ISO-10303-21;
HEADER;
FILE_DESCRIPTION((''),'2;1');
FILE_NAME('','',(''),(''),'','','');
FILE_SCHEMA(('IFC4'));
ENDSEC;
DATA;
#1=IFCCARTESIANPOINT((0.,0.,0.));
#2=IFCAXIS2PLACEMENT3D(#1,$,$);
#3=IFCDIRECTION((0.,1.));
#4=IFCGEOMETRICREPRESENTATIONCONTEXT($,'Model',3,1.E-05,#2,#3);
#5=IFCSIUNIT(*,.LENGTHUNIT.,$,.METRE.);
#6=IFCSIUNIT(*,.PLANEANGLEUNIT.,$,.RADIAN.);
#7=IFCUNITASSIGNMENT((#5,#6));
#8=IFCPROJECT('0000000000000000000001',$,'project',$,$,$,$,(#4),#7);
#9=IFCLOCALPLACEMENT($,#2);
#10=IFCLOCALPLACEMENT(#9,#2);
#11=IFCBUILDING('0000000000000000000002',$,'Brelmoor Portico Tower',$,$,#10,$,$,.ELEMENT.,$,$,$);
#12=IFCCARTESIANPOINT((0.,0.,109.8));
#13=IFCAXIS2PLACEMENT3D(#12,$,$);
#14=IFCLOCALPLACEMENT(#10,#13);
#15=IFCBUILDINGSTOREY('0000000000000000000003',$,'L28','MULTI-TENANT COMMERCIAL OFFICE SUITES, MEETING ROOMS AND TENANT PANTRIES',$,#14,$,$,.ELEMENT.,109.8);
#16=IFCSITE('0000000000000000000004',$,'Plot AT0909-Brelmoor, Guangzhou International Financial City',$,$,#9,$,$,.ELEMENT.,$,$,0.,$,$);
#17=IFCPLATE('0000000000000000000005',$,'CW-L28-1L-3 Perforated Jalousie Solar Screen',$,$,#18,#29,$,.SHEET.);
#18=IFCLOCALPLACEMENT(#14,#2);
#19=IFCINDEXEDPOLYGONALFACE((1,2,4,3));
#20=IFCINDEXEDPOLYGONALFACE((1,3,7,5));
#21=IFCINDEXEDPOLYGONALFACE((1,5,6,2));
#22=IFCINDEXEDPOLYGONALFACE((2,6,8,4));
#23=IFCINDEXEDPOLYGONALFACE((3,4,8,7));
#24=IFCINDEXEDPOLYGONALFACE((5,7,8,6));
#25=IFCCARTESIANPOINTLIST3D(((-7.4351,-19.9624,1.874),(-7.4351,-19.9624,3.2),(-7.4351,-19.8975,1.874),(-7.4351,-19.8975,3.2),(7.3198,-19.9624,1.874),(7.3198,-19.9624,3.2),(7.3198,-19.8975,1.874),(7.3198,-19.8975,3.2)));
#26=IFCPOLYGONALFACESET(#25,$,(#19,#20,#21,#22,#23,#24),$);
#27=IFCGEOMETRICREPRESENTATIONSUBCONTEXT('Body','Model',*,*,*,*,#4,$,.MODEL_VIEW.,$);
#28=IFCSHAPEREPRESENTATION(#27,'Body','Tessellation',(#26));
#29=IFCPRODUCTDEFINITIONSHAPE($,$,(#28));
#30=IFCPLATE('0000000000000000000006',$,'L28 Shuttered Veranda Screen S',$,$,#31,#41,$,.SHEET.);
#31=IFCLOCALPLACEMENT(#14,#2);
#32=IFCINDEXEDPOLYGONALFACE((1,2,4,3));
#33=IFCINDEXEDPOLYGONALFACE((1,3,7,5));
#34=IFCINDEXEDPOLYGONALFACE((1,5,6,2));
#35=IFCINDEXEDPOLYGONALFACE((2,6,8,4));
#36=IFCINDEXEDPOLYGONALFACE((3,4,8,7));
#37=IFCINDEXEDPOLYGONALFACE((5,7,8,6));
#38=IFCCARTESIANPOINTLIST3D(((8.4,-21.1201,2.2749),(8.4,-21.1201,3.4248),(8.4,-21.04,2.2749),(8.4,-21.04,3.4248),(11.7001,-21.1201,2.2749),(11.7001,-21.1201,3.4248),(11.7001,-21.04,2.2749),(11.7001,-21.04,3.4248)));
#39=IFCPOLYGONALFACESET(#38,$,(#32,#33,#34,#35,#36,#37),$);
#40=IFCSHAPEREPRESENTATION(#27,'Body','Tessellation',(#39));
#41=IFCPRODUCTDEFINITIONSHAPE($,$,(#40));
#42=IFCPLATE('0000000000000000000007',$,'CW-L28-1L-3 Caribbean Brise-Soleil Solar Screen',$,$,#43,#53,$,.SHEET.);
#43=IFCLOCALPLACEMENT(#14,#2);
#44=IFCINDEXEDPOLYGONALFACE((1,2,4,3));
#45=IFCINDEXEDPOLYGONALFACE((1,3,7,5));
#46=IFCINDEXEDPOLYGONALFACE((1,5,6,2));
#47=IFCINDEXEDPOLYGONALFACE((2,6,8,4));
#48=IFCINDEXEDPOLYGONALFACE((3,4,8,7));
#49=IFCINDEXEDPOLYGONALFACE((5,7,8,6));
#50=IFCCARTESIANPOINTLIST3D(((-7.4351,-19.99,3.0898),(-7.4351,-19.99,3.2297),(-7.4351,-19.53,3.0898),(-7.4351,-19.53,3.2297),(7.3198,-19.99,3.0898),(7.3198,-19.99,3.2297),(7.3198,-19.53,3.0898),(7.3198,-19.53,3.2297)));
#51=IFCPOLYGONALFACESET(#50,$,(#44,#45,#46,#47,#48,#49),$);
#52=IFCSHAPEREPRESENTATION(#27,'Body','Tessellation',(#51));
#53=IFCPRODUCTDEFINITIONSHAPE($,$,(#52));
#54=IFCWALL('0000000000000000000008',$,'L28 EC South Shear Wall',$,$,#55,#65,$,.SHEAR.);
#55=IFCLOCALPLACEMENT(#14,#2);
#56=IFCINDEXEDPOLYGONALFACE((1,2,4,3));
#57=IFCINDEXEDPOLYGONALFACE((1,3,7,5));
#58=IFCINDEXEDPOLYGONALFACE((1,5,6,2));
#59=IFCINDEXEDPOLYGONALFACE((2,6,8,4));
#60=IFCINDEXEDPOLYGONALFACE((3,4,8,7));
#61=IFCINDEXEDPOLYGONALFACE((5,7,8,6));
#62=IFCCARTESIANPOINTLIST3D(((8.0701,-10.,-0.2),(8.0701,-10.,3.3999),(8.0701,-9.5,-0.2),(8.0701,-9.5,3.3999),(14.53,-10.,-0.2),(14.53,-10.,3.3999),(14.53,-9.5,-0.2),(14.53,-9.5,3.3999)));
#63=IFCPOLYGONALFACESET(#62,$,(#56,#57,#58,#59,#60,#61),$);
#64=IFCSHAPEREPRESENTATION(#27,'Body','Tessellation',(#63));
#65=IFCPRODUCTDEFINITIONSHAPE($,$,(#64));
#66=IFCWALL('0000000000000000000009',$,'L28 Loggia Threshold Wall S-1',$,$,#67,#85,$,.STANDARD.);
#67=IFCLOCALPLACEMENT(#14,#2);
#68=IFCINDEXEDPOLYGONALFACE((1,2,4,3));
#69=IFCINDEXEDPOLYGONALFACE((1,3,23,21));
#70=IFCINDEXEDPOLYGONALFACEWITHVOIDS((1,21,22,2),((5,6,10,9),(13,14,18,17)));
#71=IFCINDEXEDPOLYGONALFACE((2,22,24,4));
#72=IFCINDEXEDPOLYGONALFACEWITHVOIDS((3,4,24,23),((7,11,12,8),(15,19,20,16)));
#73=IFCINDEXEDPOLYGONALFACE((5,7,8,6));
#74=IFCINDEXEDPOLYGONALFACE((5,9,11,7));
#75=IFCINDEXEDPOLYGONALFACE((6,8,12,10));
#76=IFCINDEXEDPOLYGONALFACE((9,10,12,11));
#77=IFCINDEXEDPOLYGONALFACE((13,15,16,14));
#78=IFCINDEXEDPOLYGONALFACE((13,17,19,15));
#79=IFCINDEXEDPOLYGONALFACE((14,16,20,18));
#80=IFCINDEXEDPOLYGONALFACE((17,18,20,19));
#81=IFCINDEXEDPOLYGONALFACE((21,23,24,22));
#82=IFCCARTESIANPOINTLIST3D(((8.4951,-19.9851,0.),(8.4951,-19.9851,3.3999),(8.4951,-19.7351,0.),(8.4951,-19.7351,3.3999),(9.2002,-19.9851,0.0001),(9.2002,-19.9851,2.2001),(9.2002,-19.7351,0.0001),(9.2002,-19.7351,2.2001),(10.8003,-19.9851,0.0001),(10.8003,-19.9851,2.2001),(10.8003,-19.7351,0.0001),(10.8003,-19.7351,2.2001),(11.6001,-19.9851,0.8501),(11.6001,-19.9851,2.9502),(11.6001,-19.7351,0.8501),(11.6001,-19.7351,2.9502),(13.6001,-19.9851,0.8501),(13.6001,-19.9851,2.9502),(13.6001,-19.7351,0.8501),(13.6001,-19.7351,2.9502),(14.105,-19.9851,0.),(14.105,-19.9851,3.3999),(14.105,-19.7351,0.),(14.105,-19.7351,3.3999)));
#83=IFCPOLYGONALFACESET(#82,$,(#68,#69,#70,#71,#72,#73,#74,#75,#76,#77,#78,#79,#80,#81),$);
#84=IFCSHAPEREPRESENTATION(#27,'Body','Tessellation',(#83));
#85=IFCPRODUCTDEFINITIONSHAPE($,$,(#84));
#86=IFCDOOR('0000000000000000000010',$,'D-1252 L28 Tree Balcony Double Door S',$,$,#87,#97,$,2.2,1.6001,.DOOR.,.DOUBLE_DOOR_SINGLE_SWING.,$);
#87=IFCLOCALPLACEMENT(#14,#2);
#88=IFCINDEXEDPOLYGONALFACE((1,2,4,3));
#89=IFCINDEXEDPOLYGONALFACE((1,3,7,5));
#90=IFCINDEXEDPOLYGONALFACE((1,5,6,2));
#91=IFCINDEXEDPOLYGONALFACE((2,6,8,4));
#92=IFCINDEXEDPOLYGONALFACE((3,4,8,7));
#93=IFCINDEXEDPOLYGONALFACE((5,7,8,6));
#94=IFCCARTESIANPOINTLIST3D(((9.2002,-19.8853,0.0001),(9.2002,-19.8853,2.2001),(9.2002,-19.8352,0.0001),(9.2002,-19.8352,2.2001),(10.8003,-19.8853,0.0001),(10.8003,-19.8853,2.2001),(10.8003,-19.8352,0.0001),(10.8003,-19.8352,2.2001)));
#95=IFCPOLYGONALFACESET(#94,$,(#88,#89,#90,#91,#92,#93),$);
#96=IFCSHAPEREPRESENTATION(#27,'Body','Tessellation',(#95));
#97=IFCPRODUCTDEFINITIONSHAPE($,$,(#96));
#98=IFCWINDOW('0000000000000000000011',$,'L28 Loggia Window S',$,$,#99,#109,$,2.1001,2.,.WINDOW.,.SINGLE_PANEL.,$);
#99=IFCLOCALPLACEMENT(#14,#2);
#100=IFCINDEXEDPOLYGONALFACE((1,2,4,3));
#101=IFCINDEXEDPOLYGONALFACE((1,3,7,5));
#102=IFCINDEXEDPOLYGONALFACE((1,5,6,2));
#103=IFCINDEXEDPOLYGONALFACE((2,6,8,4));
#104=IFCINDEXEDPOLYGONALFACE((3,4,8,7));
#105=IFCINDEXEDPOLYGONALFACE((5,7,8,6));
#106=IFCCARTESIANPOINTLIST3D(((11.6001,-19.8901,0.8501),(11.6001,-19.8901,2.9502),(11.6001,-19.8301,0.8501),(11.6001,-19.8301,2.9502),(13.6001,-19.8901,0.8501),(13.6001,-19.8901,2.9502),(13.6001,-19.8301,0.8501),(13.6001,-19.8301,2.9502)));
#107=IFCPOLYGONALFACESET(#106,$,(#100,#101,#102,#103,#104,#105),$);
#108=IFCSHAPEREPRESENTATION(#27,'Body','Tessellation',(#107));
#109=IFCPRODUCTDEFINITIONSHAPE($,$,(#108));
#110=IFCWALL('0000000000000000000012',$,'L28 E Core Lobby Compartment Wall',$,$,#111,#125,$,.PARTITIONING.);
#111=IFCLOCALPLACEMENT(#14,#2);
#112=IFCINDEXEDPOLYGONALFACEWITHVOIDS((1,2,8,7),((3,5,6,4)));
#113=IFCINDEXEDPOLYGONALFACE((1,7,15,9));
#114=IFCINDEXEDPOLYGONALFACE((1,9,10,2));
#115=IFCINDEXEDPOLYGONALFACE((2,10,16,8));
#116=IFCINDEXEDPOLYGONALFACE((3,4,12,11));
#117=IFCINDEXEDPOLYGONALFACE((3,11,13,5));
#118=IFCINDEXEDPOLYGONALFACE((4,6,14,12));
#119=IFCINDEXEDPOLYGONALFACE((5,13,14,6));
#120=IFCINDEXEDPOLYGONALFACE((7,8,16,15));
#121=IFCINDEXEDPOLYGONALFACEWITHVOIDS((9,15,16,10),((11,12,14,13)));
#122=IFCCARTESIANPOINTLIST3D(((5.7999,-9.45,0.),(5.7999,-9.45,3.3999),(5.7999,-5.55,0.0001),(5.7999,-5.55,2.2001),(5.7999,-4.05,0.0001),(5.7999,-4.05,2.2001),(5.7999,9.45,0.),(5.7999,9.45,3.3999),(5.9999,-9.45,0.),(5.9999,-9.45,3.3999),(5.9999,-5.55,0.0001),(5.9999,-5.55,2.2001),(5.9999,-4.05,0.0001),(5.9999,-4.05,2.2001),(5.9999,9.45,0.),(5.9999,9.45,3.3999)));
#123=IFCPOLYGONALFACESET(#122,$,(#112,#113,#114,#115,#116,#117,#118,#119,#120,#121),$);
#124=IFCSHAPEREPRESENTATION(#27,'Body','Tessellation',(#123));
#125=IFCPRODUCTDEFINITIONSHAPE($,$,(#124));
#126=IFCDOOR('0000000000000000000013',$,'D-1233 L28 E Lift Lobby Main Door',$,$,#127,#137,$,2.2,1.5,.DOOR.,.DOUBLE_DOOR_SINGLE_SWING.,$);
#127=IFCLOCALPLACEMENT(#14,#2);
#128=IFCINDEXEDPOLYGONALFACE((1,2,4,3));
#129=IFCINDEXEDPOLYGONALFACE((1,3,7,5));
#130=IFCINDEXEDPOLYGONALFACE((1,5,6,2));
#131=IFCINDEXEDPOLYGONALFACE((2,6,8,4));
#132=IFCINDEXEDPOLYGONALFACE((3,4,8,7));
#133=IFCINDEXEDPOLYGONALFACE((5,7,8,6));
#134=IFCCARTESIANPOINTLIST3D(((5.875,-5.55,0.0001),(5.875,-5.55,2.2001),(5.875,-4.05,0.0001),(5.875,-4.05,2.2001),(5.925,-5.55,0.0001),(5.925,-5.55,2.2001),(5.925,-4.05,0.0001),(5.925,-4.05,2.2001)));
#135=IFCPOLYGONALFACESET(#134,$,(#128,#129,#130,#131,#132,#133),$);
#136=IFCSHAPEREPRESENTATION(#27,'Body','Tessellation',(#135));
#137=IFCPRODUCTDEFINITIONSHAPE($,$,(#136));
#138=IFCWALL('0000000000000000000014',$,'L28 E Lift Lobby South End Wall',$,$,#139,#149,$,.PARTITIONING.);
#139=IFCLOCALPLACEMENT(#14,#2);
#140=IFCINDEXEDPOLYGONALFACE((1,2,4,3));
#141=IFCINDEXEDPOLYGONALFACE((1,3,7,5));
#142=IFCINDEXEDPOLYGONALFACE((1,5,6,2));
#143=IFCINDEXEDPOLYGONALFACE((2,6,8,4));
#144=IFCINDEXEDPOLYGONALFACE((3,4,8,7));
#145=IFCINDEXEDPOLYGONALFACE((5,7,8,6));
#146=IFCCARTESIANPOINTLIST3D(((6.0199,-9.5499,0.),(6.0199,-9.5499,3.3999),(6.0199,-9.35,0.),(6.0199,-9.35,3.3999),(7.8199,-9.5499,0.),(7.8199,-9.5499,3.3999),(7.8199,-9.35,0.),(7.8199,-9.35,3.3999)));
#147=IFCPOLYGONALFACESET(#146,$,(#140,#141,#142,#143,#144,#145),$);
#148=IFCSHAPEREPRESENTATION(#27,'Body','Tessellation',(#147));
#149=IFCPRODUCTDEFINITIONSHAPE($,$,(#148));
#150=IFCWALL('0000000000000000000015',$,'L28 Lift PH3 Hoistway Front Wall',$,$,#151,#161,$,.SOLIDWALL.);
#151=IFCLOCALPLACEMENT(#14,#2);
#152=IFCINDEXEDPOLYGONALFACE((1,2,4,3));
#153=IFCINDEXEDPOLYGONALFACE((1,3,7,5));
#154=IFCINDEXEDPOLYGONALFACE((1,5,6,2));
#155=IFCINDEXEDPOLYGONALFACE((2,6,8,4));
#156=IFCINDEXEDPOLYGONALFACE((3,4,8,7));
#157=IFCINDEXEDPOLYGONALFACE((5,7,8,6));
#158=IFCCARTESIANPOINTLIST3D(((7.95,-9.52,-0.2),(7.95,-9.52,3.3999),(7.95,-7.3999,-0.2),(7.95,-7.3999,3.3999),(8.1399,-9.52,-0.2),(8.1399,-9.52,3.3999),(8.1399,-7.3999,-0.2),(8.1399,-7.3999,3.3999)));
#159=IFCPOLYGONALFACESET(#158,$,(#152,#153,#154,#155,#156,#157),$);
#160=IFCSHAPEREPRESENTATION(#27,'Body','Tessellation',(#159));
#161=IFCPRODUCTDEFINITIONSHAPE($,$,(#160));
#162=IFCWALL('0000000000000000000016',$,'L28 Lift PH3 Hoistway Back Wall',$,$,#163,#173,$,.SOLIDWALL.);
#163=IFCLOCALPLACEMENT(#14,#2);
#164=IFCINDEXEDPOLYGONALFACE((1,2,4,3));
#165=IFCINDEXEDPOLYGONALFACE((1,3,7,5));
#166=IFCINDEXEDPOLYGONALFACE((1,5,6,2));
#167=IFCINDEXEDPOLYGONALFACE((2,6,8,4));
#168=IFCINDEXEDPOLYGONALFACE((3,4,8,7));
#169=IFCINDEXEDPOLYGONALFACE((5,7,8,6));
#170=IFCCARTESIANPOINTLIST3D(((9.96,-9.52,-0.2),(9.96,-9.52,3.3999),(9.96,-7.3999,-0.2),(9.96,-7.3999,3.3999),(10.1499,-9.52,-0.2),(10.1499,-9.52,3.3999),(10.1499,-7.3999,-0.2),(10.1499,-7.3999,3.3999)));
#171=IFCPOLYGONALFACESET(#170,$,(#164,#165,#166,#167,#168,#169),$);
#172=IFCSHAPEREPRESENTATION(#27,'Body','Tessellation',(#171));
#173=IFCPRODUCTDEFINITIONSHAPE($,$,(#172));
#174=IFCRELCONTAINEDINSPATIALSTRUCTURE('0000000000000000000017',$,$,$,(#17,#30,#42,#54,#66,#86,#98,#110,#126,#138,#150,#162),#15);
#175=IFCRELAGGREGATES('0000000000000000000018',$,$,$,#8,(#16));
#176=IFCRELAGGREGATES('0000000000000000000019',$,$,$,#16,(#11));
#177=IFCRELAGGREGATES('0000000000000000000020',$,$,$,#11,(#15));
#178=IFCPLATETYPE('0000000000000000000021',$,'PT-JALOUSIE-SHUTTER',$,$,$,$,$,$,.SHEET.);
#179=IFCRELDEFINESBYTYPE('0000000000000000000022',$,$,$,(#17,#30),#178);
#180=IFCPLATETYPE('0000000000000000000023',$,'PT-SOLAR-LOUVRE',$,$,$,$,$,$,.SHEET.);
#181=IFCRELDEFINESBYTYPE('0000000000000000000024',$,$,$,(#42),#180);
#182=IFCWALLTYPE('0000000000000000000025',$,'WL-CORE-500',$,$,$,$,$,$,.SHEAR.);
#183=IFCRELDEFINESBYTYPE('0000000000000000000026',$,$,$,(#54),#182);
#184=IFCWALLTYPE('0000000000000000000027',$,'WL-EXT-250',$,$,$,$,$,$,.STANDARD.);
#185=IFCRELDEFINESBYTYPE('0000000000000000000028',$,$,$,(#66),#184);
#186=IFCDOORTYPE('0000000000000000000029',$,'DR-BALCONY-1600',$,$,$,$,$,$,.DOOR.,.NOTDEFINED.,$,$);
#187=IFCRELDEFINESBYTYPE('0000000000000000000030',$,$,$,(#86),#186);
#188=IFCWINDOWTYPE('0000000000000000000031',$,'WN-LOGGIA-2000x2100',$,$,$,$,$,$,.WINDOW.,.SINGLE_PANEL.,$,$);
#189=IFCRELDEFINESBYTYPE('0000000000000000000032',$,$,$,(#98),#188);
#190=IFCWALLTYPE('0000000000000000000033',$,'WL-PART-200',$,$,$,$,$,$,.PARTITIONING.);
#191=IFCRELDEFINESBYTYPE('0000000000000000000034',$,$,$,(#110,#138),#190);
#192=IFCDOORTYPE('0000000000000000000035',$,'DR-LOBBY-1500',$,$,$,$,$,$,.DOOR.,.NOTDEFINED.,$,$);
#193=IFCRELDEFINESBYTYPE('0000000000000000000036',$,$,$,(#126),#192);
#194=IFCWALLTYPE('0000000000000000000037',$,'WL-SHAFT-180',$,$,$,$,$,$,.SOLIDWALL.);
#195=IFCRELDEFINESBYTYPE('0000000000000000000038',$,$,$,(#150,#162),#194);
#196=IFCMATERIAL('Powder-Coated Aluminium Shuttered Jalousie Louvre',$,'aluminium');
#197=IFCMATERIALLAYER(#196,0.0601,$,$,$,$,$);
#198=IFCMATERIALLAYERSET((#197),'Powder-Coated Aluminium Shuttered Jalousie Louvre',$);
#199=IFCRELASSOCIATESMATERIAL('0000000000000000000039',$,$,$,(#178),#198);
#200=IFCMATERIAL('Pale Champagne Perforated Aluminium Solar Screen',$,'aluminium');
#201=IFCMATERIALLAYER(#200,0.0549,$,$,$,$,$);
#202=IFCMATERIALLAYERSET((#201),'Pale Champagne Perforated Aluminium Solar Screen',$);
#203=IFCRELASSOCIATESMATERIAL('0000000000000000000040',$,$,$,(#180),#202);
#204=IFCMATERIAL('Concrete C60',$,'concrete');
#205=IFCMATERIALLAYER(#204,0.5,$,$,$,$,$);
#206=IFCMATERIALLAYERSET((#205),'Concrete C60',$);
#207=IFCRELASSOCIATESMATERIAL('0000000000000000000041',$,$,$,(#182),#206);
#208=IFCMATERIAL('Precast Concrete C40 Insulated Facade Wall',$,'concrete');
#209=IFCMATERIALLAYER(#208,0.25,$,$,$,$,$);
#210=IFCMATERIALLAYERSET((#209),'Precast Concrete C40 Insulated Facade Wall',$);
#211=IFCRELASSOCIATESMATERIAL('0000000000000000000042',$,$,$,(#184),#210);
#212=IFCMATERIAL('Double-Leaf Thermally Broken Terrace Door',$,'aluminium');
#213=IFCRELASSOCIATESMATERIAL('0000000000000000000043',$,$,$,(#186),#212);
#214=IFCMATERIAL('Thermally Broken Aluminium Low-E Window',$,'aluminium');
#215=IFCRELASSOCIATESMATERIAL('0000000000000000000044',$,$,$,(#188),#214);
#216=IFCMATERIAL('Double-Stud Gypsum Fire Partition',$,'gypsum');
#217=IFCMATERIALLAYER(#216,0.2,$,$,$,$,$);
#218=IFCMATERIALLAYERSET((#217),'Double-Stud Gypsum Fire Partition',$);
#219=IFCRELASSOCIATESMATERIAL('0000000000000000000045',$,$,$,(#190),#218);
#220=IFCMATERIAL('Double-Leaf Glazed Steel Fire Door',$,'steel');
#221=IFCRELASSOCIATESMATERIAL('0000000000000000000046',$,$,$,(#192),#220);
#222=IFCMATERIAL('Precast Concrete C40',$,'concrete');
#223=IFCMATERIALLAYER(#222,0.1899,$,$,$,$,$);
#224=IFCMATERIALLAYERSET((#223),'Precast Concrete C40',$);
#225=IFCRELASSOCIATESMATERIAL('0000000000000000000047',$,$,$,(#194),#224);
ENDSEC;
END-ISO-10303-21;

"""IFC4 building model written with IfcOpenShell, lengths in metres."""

from ifc_helpers import new_model, si_unit, direction, frame, frame_2d, origin, origin_2d, place, context, subcontext, project, spatial, rectangle, extrude, material, layer, layer_set, type_object, element, fill, save


model = new_model("IFC4")

# Units and contexts
model_context = context("Model", 3, precision=1e-05, world=origin(), true_north=direction((0.0, 1.0)))
body_context = subcontext(model_context, "Body", "Model", "MODEL_VIEW")
ifc_project = project(units=[si_unit("LENGTHUNIT", "METRE"), si_unit("PLANEANGLEUNIT", "RADIAN")], contexts=[model_context])

# Site, building, storey
site_placement = place(None, origin())
site = spatial("IfcSite", under=ifc_project, at=site_placement, Name="Plot AT0909-Brelmoor, Guangzhou International Financial City", CompositionType="ELEMENT", RefElevation=0.0)
building_placement = place(site_placement, origin())
building = spatial("IfcBuilding", under=site, at=building_placement, Name="Brelmoor Portico Tower", CompositionType="ELEMENT")
storey_placement = place(building_placement, frame((0.0, 0.0, 109.8)))
storey = spatial("IfcBuildingStorey", under=building, at=storey_placement, Name="L28", Description="MULTI-TENANT COMMERCIAL OFFICE SUITES, MEETING ROOMS AND TENANT PANTRIES", CompositionType="ELEMENT", Elevation=109.8)

# Plates
ifc_material_1 = material(Name="Powder-Coated Aluminium Shuttered Jalousie Louvre", Category="aluminium")
ifc_layer_1 = layer(ifc_material_1, 0.0601)
ifc_layer_set_1 = layer_set([ifc_layer_1], Name="Powder-Coated Aluminium Shuttered Jalousie Louvre")
plate_type_1 = type_object("IfcPlateType", Name="PT-JALOUSIE-SHUTTER", PredefinedType="SHEET", material=ifc_layer_set_1)
plate_1_placement = place(storey_placement, frame((-0.0576, -19.9299, 1.874), z_axis=(0.0, 0.0, 1.0), x_axis=(1.0, 0.0, 0.0)))
element("IfcPlate", 1, at=plate_1_placement, inside=storey, type_object=plate_type_1, Name="CW-L28-1L-3 Perforated Jalousie Solar Screen", PredefinedType="SHEET", context=body_context, shape_type="SweptSolid", body=[
    extrude(rectangle(XDim=14.7549, YDim=0.0649, at=origin_2d()), origin(), (0.0, 0.0, 1.0), 1.3259),
])
plate_2_placement = place(storey_placement, frame((10.05, -21.0801, 2.2749), z_axis=(0.0, 0.0, 1.0), x_axis=(1.0, 0.0, 0.0)))
element("IfcPlate", 2, at=plate_2_placement, inside=storey, type_object=plate_type_1, Name="L28 Shuttered Veranda Screen S", PredefinedType="SHEET", context=body_context, shape_type="SweptSolid", body=[
    extrude(rectangle(XDim=3.3, YDim=0.0801, at=origin_2d()), origin(), (0.0, 0.0, 1.0), 1.1499),
])
ifc_material_2 = material(Name="Pale Champagne Perforated Aluminium Solar Screen", Category="aluminium")
ifc_layer_2 = layer(ifc_material_2, 0.0549)
ifc_layer_set_2 = layer_set([ifc_layer_2], Name="Pale Champagne Perforated Aluminium Solar Screen")
plate_type_2 = type_object("IfcPlateType", Name="PT-SOLAR-LOUVRE", PredefinedType="SHEET", material=ifc_layer_set_2)
plate_3_placement = place(storey_placement, frame((-0.0576, -19.76, 3.0898), z_axis=(0.0, 0.0, 1.0), x_axis=(1.0, 0.0, 0.0)))
element("IfcPlate", 3, at=plate_3_placement, inside=storey, type_object=plate_type_2, Name="CW-L28-1L-3 Caribbean Brise-Soleil Solar Screen", PredefinedType="SHEET", context=body_context, shape_type="SweptSolid", body=[
    extrude(rectangle(XDim=14.7549, YDim=0.46, at=origin_2d()), origin(), (0.0, 0.0, 1.0), 0.1399),
])

# Wall
ifc_material_3 = material(Name="Concrete C60", Category="concrete")
ifc_layer_3 = layer(ifc_material_3, 0.5)
ifc_layer_set_3 = layer_set([ifc_layer_3], Name="Concrete C60")
wall_type_1 = type_object("IfcWallType", Name="WL-CORE-500", PredefinedType="SHEAR", material=ifc_layer_set_3)
wall_1_placement = place(storey_placement, frame((8.0701, -9.75, -0.2), z_axis=(0.0, 0.0, 1.0), x_axis=(1.0, 0.0, 0.0)))
element("IfcWall", 4, at=wall_1_placement, inside=storey, type_object=wall_type_1, Name="L28 EC South Shear Wall", PredefinedType="SHEAR", context=body_context, shape_type="SweptSolid", body=[
    extrude(rectangle(XDim=6.46, YDim=0.5, at=frame_2d((3.23, 0.0))), origin(), (0.0, 0.0, 1.0), 3.5999),
])

# Wall, openings, door, window
ifc_material_4 = material(Name="Precast Concrete C40 Insulated Facade Wall", Category="concrete")
ifc_layer_4 = layer(ifc_material_4, 0.25)
ifc_layer_set_4 = layer_set([ifc_layer_4], Name="Precast Concrete C40 Insulated Facade Wall")
wall_type_2 = type_object("IfcWallType", Name="WL-EXT-250", PredefinedType="STANDARD", material=ifc_layer_set_4)
wall_2_placement = place(storey_placement, frame((8.4951, -19.8601, 0.0), z_axis=(0.0, 0.0, 1.0), x_axis=(1.0, 0.0, 0.0)))
wall_2 = element("IfcWall", 5, at=wall_2_placement, inside=storey, type_object=wall_type_2, Name="L28 Loggia Threshold Wall S-1", PredefinedType="STANDARD", context=body_context, shape_type="SweptSolid", body=[
    extrude(rectangle(XDim=5.6099, YDim=0.25, at=frame_2d((2.8049, 0.0))), origin(), (0.0, 0.0, 1.0), 3.3999),
])
opening_1_placement = place(wall_2_placement, frame((0.7051, 0.0, 0.0)))
opening_1 = element("IfcOpeningElement", 6, at=opening_1_placement, cuts=wall_2, PredefinedType="OPENING", context=body_context, shape_type="SweptSolid", body=[
    extrude(rectangle(XDim=1.6001, YDim=2.2, at=frame_2d((0.8, 1.1001))), frame((0.0, 0.135, 0.0), z_axis=(0.0, -1.0, 0.0), x_axis=(1.0, 0.0, 0.0)), (0.0, 0.0, 1.0), 0.27),
])
opening_2_placement = place(wall_2_placement, frame((3.105, 0.0, 0.8501)))
opening_2 = element("IfcOpeningElement", 7, at=opening_2_placement, cuts=wall_2, PredefinedType="OPENING", context=body_context, shape_type="SweptSolid", body=[
    extrude(rectangle(XDim=2.0, YDim=2.1001, at=frame_2d((1.0, 1.05))), frame((0.0, 0.135, 0.0), z_axis=(0.0, -1.0, 0.0), x_axis=(1.0, 0.0, 0.0)), (0.0, 0.0, 1.0), 0.27),
])
ifc_material_5 = material(Name="Double-Leaf Thermally Broken Terrace Door", Category="aluminium")
door_type_1 = type_object("IfcDoorType", Name="DR-BALCONY-1600", OperationType="NOTDEFINED", PredefinedType="DOOR", material=ifc_material_5)
door_1_placement = place(opening_1_placement, origin())
door_1 = element("IfcDoor", 8, at=door_1_placement, inside=storey, type_object=door_type_1, Name="D-1252 L28 Tree Balcony Double Door S", OperationType="DOUBLE_DOOR_SINGLE_SWING", OverallHeight=2.2, OverallWidth=1.6001, PredefinedType="DOOR", context=body_context, shape_type="SweptSolid", body=[
    extrude(rectangle(XDim=1.6001, YDim=2.2, at=frame_2d((0.8, 1.1001))), frame((0.0, 0.0249, 0.0), z_axis=(0.0, -1.0, 0.0), x_axis=(1.0, 0.0, 0.0)), (0.0, 0.0, 1.0), 0.05),
])
fill(opening_1, door_1)
ifc_material_6 = material(Name="Thermally Broken Aluminium Low-E Window", Category="aluminium")
window_type = type_object("IfcWindowType", Name="WN-LOGGIA-2000x2100", PartitioningType="SINGLE_PANEL", PredefinedType="WINDOW", material=ifc_material_6)
window_placement = place(opening_2_placement, origin())
window = element("IfcWindow", 9, at=window_placement, inside=storey, type_object=window_type, Name="L28 Loggia Window S", OverallHeight=2.1001, OverallWidth=2.0, PartitioningType="SINGLE_PANEL", PredefinedType="WINDOW", context=body_context, shape_type="SweptSolid", body=[
    extrude(rectangle(XDim=2.0, YDim=2.1001, at=frame_2d((1.0, 1.05))), frame((0.0, 0.03, 0.0), z_axis=(0.0, -1.0, 0.0), x_axis=(1.0, 0.0, 0.0)), (0.0, 0.0, 1.0), 0.0601),
])
fill(opening_2, window)

# Wall, opening, door
ifc_material_7 = material(Name="Double-Stud Gypsum Fire Partition", Category="gypsum")
ifc_layer_5 = layer(ifc_material_7, 0.2)
ifc_layer_set_5 = layer_set([ifc_layer_5], Name="Double-Stud Gypsum Fire Partition")
wall_type_3 = type_object("IfcWallType", Name="WL-PART-200", PredefinedType="PARTITIONING", material=ifc_layer_set_5)
wall_3_placement = place(storey_placement, frame((5.8999, -9.45, 0.0), z_axis=(0.0, 0.0, 1.0), x_axis=(0.0, 1.0, 0.0)))
wall_3 = element("IfcWall", 10, at=wall_3_placement, inside=storey, type_object=wall_type_3, Name="L28 E Core Lobby Compartment Wall", PredefinedType="PARTITIONING", context=body_context, shape_type="SweptSolid", body=[
    extrude(rectangle(XDim=18.8999, YDim=0.2, at=frame_2d((9.45, 0.0))), origin(), (0.0, 0.0, 1.0), 3.3999),
])
opening_3_placement = place(wall_3_placement, frame((3.8999, 0.0, 0.0)))
opening_3 = element("IfcOpeningElement", 11, at=opening_3_placement, cuts=wall_3, PredefinedType="OPENING", context=body_context, shape_type="SweptSolid", body=[
    extrude(rectangle(XDim=1.5, YDim=2.2, at=frame_2d((0.75, 1.1001))), frame((0.0, 0.1099, 0.0), z_axis=(0.0, -1.0, 0.0), x_axis=(1.0, 0.0, 0.0)), (0.0, 0.0, 1.0), 0.22),
])
ifc_material_8 = material(Name="Double-Leaf Glazed Steel Fire Door", Category="steel")
door_type_2 = type_object("IfcDoorType", Name="DR-LOBBY-1500", OperationType="NOTDEFINED", PredefinedType="DOOR", material=ifc_material_8)
door_2_placement = place(opening_3_placement, origin())
door_2 = element("IfcDoor", 12, at=door_2_placement, inside=storey, type_object=door_type_2, Name="D-1233 L28 E Lift Lobby Main Door", OperationType="DOUBLE_DOOR_SINGLE_SWING", OverallHeight=2.2, OverallWidth=1.5, PredefinedType="DOOR", context=body_context, shape_type="SweptSolid", body=[
    extrude(rectangle(XDim=1.5, YDim=2.2, at=frame_2d((0.75, 1.1001))), frame((0.0, 0.0249, 0.0), z_axis=(0.0, -1.0, 0.0), x_axis=(1.0, 0.0, 0.0)), (0.0, 0.0, 1.0), 0.05),
])
fill(opening_3, door_2)

# Walls
wall_4_placement = place(storey_placement, frame((6.02, -9.45, 0.0), z_axis=(0.0, 0.0, 1.0), x_axis=(1.0, 0.0, 0.0)))
element("IfcWall", 13, at=wall_4_placement, inside=storey, type_object=wall_type_3, Name="L28 E Lift Lobby South End Wall", PredefinedType="PARTITIONING", context=body_context, shape_type="SweptSolid", body=[
    extrude(rectangle(XDim=1.8, YDim=0.2, at=frame_2d((0.8999, 0.0))), origin(), (0.0, 0.0, 1.0), 3.3999),
])
ifc_material_9 = material(Name="Precast Concrete C40", Category="concrete")
ifc_layer_6 = layer(ifc_material_9, 0.1899)
ifc_layer_set_6 = layer_set([ifc_layer_6], Name="Precast Concrete C40")
wall_type_4 = type_object("IfcWallType", Name="WL-SHAFT-180", PredefinedType="SOLIDWALL", material=ifc_layer_set_6)
for number, where, z_axis, x_axis, name in (
    (14, (8.0449, -9.52, -0.2), (0.0, 0.0, 1.0), (0.0, 1.0, 0.0), "L28 Lift PH3 Hoistway Front Wall"),
    (15, (10.0549, -9.52, -0.2), (0.0, 0.0, 1.0), (0.0, 1.0, 0.0), "L28 Lift PH3 Hoistway Back Wall"),
):
    element("IfcWall", number, at=place(storey_placement, frame(where, z_axis=z_axis, x_axis=x_axis)), inside=storey, type_object=wall_type_4, Name=name, PredefinedType="SOLIDWALL", context=body_context, shape_type="SweptSolid", body=[
        extrude(rectangle(XDim=2.1201, YDim=0.1899, at=frame_2d((1.0601, 0.0))), origin(), (0.0, 0.0, 1.0), 3.5999),
    ])

save(model, "model.ifc")
